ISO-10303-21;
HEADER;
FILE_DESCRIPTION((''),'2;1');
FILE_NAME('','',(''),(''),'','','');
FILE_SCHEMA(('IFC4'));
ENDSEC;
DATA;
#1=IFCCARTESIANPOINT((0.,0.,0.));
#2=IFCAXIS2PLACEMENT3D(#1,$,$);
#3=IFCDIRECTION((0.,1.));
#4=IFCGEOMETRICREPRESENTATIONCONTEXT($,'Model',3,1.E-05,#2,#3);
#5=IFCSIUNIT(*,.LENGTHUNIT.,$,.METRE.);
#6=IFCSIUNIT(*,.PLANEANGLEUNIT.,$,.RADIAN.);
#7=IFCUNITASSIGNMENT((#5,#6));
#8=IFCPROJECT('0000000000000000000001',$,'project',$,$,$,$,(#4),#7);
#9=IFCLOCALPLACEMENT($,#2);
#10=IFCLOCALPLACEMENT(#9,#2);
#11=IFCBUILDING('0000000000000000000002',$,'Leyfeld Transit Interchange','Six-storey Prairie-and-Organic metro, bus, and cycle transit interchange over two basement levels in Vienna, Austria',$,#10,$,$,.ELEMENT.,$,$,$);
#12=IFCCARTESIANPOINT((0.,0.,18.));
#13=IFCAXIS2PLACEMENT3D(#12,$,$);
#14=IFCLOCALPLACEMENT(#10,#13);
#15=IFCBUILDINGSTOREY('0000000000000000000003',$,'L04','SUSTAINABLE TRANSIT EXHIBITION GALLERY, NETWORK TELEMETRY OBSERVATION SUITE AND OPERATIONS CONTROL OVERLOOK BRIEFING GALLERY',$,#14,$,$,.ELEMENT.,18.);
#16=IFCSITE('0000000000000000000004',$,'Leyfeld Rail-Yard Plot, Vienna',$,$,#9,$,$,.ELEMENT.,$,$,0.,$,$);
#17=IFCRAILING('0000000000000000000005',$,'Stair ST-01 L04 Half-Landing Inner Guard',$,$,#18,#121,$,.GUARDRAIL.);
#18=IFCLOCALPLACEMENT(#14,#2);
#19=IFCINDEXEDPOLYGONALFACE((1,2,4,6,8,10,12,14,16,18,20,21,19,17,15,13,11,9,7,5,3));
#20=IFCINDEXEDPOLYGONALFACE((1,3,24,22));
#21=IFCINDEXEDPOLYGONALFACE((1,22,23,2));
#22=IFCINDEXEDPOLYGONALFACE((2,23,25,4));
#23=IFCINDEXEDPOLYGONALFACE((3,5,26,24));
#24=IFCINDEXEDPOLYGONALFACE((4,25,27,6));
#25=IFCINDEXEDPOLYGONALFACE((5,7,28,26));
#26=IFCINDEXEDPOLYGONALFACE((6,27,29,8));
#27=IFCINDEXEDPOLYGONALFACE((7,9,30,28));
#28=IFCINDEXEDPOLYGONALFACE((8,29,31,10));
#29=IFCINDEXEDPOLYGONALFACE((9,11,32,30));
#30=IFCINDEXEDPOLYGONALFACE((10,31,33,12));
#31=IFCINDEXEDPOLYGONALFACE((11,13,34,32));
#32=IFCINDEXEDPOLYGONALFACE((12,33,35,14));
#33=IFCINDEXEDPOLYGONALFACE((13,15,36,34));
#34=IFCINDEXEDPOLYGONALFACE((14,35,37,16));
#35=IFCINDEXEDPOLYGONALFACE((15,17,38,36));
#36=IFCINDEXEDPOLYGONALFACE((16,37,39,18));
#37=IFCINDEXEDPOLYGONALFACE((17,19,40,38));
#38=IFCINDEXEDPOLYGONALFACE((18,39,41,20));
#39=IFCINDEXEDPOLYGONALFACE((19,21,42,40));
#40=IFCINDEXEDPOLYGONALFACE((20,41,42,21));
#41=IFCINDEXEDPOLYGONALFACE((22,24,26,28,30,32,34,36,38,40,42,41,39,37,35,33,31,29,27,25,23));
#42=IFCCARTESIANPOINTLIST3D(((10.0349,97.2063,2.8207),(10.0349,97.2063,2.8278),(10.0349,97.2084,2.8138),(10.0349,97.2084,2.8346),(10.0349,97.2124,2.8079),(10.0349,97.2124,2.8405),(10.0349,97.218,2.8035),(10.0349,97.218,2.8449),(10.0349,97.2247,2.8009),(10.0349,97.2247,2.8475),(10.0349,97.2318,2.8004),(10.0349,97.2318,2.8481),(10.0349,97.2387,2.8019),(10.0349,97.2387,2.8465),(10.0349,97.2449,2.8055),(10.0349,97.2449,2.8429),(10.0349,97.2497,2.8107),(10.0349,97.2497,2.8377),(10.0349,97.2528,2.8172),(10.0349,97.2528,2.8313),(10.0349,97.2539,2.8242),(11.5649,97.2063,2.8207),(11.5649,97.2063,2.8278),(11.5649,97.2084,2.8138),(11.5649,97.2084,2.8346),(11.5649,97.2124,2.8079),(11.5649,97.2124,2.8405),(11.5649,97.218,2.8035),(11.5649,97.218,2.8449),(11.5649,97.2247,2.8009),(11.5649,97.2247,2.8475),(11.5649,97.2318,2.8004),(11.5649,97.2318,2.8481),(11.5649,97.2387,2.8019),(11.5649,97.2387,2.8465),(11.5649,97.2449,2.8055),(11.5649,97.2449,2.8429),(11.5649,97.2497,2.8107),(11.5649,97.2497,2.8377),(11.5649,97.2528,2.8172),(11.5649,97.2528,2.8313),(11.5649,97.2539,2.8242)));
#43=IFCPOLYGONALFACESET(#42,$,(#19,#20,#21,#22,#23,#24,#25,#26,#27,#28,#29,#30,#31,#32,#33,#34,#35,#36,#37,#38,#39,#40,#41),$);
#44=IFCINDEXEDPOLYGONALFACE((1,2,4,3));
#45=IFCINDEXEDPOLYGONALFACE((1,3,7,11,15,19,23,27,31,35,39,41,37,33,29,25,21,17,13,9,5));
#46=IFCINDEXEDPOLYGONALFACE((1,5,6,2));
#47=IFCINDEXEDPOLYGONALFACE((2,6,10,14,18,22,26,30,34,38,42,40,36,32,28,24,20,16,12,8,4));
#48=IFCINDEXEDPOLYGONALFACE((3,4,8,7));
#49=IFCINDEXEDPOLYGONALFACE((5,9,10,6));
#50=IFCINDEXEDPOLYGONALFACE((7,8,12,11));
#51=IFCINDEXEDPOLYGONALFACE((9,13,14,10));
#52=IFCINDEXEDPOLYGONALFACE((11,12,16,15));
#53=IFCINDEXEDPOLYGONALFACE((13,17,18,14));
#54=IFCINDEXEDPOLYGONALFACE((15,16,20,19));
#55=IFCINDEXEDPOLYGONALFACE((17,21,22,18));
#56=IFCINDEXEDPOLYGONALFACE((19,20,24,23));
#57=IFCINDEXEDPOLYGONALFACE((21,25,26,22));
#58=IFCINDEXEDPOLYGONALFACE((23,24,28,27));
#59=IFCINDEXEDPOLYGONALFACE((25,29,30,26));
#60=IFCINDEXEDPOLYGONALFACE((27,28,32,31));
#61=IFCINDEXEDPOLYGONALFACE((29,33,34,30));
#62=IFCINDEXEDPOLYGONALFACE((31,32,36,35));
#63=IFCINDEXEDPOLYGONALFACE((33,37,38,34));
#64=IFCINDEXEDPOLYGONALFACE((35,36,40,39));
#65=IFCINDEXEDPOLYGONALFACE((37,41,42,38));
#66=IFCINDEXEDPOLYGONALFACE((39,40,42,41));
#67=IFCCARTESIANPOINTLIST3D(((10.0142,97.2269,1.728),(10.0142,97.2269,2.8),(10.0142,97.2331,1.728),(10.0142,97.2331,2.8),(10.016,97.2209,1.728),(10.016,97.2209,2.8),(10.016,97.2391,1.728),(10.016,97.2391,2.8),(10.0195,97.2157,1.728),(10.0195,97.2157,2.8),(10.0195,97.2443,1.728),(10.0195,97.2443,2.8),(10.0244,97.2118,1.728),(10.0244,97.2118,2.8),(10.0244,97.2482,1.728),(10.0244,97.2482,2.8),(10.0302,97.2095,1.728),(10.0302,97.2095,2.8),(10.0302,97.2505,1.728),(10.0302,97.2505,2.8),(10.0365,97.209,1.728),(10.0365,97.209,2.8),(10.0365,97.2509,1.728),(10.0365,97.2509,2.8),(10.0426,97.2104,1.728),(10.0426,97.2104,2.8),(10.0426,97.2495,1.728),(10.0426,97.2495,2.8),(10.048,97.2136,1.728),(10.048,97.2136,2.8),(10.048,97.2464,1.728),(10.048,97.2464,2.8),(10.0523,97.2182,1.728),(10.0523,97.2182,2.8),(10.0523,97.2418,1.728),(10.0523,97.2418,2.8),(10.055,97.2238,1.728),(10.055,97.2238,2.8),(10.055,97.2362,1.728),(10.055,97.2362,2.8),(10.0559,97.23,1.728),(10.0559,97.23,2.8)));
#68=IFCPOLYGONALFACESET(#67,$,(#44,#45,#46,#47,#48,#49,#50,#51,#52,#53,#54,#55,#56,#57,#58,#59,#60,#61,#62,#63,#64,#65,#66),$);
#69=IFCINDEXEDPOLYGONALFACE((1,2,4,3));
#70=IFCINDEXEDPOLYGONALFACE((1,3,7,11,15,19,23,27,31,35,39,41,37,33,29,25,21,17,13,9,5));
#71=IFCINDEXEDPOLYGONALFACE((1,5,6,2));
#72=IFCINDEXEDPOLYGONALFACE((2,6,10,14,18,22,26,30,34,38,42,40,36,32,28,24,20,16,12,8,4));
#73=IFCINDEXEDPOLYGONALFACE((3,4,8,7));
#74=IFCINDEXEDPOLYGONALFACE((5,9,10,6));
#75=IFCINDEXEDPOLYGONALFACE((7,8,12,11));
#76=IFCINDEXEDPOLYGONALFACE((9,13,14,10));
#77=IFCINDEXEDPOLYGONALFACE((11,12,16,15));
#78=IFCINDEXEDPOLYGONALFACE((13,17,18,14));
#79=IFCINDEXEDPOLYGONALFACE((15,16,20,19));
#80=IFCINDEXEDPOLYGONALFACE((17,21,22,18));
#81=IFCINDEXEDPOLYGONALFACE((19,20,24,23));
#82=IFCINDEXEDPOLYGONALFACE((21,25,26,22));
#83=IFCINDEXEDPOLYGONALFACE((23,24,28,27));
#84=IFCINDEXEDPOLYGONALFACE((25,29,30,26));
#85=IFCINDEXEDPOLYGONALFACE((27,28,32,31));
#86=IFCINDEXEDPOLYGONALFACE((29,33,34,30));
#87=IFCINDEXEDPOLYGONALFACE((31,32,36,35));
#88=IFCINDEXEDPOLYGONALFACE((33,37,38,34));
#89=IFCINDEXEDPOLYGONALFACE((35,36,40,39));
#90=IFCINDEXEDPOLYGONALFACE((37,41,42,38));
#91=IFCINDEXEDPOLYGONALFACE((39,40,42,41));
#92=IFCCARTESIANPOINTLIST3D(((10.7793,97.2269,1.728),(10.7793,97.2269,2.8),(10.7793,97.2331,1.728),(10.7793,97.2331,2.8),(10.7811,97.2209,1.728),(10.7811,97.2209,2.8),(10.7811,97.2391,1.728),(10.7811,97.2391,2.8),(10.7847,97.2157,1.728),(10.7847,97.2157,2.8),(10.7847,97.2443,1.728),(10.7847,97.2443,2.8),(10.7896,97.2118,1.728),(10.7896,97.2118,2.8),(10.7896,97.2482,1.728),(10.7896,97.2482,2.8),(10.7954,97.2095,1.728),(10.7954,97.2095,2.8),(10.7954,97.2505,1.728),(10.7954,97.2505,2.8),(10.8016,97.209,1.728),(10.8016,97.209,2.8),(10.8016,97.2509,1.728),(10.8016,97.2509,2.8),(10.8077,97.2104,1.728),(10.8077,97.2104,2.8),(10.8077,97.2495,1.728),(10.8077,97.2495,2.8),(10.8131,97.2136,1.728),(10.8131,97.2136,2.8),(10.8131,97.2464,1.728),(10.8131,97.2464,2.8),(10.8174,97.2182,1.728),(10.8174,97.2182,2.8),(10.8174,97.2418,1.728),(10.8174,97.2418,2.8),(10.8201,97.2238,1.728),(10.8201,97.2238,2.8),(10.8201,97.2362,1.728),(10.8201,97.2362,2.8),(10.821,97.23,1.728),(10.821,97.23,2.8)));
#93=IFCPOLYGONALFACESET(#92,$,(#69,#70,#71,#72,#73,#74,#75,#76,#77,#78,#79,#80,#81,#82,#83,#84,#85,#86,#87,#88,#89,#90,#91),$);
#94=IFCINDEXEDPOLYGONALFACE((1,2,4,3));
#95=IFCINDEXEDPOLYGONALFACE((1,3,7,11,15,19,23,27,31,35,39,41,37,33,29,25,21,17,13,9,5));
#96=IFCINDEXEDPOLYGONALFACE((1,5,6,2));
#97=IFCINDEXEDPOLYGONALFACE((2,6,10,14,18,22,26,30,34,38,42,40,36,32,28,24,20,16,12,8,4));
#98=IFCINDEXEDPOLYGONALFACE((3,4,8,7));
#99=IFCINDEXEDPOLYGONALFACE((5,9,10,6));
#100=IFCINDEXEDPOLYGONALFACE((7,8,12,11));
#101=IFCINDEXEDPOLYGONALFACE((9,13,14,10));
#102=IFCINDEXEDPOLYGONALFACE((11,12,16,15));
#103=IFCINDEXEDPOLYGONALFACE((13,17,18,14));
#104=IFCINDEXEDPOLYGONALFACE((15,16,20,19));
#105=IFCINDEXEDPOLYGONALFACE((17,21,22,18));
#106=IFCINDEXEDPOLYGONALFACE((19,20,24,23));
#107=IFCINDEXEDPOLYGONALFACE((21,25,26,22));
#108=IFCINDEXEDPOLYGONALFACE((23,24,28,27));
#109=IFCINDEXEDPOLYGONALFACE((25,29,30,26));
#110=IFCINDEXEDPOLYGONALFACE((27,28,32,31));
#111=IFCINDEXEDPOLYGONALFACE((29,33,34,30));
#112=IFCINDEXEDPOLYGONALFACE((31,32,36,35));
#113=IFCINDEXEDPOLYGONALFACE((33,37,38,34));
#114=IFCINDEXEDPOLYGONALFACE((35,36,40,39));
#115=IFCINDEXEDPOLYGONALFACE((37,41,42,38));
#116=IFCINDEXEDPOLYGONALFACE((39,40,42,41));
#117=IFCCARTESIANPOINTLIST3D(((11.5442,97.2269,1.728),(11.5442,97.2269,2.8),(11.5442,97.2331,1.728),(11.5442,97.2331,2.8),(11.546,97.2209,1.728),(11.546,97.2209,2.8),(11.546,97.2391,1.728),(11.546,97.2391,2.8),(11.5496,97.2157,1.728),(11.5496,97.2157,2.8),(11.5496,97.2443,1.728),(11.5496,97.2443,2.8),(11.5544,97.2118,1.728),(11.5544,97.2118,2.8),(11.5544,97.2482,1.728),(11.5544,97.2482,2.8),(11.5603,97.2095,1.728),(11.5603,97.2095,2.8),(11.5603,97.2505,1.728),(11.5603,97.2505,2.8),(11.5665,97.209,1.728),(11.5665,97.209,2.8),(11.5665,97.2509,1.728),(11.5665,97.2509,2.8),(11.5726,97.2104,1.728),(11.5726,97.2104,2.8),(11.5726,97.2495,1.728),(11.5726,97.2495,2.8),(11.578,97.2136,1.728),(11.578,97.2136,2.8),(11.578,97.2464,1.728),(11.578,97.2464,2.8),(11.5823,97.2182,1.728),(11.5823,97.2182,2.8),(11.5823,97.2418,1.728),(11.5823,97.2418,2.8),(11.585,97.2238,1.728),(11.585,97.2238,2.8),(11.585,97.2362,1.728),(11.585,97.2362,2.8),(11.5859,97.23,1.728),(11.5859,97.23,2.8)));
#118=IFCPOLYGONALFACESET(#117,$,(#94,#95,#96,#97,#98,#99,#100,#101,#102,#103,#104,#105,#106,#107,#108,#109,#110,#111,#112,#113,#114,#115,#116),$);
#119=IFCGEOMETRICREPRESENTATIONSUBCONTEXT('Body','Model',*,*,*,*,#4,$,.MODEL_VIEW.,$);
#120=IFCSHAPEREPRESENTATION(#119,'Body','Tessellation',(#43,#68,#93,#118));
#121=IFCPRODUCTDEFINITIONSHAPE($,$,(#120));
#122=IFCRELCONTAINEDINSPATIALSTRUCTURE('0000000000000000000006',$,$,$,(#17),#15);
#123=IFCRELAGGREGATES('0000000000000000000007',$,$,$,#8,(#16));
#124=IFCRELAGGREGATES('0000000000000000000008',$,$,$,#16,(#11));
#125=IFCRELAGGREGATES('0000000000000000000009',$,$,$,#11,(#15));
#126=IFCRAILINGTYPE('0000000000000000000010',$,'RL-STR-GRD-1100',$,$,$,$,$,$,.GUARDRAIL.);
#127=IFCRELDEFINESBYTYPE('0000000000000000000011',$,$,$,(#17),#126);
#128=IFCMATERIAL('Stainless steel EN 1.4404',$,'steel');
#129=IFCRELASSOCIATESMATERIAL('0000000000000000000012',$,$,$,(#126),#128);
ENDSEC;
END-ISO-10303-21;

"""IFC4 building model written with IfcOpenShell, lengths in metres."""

from ifc_helpers import new_model, si_unit, direction, frame, origin, origin_2d, place, context, subcontext, project, spatial, circle, extrude, material, type_object, element, save


model = new_model("IFC4")

# Units and contexts
model_context = context("Model", 3, precision=1e-05, world=origin(), true_north=direction((0.0, 1.0)))
body_context = subcontext(model_context, "Body", "Model", "MODEL_VIEW")
ifc_project = project(units=[si_unit("LENGTHUNIT", "METRE"), si_unit("PLANEANGLEUNIT", "RADIAN")], contexts=[model_context])

# Site, building, storey
site_placement = place(None, origin())
site = spatial("IfcSite", under=ifc_project, at=site_placement, Name="Leyfeld Rail-Yard Plot, Vienna", CompositionType="ELEMENT", RefElevation=0.0)
building_placement = place(site_placement, origin())
building = spatial("IfcBuilding", under=site, at=building_placement, Name="Leyfeld Transit Interchange", Description="Six-storey Prairie-and-Organic metro, bus, and cycle transit interchange over two basement levels in Vienna, Austria", CompositionType="ELEMENT")
storey_placement = place(building_placement, frame((0.0, 0.0, 18.0)))
storey = spatial("IfcBuildingStorey", under=building, at=storey_placement, Name="L04", Description="SUSTAINABLE TRANSIT EXHIBITION GALLERY, NETWORK TELEMETRY OBSERVATION SUITE AND OPERATIONS CONTROL OVERLOOK BRIEFING GALLERY", CompositionType="ELEMENT", Elevation=18.0)

# Shared definitions
ifc_material_1 = material(Name="Stainless steel EN 1.4404", Category="steel")

# Railing
railing_type_1 = type_object("IfcRailingType", Name="RL-STR-GRD-1100", PredefinedType="GUARDRAIL", material=ifc_material_1)
railing_1_placement = place(storey_placement, frame((10.0349, 97.23, 1.728)))
element("IfcRailing", 1, at=railing_1_placement, inside=storey, type_object=railing_type_1, Name="Stair ST-01 L04 Half-Landing Inner Guard", PredefinedType="GUARDRAIL", context=body_context, shape_type="SweptSolid", body=[
    extrude(circle(Radius=0.0239, at=origin_2d()), frame((0.0, 0.0, 1.0962), z_axis=(1.0, 0.0, 0.0), x_axis=(0.0, 1.0, 0.0)), (0.0, 0.0, 1.0), 1.53),
    extrude(circle(Radius=0.021, at=origin_2d()), origin(), (0.0, 0.0, 1.0), 1.072),
    extrude(circle(Radius=0.021, at=origin_2d()), frame((0.7651, 0.0, 0.0)), (0.0, 0.0, 1.0), 1.072),
    extrude(circle(Radius=0.021, at=origin_2d()), frame((1.53, 0.0, 0.0)), (0.0, 0.0, 1.0), 1.072),
])

save(model, "model.ifc")
